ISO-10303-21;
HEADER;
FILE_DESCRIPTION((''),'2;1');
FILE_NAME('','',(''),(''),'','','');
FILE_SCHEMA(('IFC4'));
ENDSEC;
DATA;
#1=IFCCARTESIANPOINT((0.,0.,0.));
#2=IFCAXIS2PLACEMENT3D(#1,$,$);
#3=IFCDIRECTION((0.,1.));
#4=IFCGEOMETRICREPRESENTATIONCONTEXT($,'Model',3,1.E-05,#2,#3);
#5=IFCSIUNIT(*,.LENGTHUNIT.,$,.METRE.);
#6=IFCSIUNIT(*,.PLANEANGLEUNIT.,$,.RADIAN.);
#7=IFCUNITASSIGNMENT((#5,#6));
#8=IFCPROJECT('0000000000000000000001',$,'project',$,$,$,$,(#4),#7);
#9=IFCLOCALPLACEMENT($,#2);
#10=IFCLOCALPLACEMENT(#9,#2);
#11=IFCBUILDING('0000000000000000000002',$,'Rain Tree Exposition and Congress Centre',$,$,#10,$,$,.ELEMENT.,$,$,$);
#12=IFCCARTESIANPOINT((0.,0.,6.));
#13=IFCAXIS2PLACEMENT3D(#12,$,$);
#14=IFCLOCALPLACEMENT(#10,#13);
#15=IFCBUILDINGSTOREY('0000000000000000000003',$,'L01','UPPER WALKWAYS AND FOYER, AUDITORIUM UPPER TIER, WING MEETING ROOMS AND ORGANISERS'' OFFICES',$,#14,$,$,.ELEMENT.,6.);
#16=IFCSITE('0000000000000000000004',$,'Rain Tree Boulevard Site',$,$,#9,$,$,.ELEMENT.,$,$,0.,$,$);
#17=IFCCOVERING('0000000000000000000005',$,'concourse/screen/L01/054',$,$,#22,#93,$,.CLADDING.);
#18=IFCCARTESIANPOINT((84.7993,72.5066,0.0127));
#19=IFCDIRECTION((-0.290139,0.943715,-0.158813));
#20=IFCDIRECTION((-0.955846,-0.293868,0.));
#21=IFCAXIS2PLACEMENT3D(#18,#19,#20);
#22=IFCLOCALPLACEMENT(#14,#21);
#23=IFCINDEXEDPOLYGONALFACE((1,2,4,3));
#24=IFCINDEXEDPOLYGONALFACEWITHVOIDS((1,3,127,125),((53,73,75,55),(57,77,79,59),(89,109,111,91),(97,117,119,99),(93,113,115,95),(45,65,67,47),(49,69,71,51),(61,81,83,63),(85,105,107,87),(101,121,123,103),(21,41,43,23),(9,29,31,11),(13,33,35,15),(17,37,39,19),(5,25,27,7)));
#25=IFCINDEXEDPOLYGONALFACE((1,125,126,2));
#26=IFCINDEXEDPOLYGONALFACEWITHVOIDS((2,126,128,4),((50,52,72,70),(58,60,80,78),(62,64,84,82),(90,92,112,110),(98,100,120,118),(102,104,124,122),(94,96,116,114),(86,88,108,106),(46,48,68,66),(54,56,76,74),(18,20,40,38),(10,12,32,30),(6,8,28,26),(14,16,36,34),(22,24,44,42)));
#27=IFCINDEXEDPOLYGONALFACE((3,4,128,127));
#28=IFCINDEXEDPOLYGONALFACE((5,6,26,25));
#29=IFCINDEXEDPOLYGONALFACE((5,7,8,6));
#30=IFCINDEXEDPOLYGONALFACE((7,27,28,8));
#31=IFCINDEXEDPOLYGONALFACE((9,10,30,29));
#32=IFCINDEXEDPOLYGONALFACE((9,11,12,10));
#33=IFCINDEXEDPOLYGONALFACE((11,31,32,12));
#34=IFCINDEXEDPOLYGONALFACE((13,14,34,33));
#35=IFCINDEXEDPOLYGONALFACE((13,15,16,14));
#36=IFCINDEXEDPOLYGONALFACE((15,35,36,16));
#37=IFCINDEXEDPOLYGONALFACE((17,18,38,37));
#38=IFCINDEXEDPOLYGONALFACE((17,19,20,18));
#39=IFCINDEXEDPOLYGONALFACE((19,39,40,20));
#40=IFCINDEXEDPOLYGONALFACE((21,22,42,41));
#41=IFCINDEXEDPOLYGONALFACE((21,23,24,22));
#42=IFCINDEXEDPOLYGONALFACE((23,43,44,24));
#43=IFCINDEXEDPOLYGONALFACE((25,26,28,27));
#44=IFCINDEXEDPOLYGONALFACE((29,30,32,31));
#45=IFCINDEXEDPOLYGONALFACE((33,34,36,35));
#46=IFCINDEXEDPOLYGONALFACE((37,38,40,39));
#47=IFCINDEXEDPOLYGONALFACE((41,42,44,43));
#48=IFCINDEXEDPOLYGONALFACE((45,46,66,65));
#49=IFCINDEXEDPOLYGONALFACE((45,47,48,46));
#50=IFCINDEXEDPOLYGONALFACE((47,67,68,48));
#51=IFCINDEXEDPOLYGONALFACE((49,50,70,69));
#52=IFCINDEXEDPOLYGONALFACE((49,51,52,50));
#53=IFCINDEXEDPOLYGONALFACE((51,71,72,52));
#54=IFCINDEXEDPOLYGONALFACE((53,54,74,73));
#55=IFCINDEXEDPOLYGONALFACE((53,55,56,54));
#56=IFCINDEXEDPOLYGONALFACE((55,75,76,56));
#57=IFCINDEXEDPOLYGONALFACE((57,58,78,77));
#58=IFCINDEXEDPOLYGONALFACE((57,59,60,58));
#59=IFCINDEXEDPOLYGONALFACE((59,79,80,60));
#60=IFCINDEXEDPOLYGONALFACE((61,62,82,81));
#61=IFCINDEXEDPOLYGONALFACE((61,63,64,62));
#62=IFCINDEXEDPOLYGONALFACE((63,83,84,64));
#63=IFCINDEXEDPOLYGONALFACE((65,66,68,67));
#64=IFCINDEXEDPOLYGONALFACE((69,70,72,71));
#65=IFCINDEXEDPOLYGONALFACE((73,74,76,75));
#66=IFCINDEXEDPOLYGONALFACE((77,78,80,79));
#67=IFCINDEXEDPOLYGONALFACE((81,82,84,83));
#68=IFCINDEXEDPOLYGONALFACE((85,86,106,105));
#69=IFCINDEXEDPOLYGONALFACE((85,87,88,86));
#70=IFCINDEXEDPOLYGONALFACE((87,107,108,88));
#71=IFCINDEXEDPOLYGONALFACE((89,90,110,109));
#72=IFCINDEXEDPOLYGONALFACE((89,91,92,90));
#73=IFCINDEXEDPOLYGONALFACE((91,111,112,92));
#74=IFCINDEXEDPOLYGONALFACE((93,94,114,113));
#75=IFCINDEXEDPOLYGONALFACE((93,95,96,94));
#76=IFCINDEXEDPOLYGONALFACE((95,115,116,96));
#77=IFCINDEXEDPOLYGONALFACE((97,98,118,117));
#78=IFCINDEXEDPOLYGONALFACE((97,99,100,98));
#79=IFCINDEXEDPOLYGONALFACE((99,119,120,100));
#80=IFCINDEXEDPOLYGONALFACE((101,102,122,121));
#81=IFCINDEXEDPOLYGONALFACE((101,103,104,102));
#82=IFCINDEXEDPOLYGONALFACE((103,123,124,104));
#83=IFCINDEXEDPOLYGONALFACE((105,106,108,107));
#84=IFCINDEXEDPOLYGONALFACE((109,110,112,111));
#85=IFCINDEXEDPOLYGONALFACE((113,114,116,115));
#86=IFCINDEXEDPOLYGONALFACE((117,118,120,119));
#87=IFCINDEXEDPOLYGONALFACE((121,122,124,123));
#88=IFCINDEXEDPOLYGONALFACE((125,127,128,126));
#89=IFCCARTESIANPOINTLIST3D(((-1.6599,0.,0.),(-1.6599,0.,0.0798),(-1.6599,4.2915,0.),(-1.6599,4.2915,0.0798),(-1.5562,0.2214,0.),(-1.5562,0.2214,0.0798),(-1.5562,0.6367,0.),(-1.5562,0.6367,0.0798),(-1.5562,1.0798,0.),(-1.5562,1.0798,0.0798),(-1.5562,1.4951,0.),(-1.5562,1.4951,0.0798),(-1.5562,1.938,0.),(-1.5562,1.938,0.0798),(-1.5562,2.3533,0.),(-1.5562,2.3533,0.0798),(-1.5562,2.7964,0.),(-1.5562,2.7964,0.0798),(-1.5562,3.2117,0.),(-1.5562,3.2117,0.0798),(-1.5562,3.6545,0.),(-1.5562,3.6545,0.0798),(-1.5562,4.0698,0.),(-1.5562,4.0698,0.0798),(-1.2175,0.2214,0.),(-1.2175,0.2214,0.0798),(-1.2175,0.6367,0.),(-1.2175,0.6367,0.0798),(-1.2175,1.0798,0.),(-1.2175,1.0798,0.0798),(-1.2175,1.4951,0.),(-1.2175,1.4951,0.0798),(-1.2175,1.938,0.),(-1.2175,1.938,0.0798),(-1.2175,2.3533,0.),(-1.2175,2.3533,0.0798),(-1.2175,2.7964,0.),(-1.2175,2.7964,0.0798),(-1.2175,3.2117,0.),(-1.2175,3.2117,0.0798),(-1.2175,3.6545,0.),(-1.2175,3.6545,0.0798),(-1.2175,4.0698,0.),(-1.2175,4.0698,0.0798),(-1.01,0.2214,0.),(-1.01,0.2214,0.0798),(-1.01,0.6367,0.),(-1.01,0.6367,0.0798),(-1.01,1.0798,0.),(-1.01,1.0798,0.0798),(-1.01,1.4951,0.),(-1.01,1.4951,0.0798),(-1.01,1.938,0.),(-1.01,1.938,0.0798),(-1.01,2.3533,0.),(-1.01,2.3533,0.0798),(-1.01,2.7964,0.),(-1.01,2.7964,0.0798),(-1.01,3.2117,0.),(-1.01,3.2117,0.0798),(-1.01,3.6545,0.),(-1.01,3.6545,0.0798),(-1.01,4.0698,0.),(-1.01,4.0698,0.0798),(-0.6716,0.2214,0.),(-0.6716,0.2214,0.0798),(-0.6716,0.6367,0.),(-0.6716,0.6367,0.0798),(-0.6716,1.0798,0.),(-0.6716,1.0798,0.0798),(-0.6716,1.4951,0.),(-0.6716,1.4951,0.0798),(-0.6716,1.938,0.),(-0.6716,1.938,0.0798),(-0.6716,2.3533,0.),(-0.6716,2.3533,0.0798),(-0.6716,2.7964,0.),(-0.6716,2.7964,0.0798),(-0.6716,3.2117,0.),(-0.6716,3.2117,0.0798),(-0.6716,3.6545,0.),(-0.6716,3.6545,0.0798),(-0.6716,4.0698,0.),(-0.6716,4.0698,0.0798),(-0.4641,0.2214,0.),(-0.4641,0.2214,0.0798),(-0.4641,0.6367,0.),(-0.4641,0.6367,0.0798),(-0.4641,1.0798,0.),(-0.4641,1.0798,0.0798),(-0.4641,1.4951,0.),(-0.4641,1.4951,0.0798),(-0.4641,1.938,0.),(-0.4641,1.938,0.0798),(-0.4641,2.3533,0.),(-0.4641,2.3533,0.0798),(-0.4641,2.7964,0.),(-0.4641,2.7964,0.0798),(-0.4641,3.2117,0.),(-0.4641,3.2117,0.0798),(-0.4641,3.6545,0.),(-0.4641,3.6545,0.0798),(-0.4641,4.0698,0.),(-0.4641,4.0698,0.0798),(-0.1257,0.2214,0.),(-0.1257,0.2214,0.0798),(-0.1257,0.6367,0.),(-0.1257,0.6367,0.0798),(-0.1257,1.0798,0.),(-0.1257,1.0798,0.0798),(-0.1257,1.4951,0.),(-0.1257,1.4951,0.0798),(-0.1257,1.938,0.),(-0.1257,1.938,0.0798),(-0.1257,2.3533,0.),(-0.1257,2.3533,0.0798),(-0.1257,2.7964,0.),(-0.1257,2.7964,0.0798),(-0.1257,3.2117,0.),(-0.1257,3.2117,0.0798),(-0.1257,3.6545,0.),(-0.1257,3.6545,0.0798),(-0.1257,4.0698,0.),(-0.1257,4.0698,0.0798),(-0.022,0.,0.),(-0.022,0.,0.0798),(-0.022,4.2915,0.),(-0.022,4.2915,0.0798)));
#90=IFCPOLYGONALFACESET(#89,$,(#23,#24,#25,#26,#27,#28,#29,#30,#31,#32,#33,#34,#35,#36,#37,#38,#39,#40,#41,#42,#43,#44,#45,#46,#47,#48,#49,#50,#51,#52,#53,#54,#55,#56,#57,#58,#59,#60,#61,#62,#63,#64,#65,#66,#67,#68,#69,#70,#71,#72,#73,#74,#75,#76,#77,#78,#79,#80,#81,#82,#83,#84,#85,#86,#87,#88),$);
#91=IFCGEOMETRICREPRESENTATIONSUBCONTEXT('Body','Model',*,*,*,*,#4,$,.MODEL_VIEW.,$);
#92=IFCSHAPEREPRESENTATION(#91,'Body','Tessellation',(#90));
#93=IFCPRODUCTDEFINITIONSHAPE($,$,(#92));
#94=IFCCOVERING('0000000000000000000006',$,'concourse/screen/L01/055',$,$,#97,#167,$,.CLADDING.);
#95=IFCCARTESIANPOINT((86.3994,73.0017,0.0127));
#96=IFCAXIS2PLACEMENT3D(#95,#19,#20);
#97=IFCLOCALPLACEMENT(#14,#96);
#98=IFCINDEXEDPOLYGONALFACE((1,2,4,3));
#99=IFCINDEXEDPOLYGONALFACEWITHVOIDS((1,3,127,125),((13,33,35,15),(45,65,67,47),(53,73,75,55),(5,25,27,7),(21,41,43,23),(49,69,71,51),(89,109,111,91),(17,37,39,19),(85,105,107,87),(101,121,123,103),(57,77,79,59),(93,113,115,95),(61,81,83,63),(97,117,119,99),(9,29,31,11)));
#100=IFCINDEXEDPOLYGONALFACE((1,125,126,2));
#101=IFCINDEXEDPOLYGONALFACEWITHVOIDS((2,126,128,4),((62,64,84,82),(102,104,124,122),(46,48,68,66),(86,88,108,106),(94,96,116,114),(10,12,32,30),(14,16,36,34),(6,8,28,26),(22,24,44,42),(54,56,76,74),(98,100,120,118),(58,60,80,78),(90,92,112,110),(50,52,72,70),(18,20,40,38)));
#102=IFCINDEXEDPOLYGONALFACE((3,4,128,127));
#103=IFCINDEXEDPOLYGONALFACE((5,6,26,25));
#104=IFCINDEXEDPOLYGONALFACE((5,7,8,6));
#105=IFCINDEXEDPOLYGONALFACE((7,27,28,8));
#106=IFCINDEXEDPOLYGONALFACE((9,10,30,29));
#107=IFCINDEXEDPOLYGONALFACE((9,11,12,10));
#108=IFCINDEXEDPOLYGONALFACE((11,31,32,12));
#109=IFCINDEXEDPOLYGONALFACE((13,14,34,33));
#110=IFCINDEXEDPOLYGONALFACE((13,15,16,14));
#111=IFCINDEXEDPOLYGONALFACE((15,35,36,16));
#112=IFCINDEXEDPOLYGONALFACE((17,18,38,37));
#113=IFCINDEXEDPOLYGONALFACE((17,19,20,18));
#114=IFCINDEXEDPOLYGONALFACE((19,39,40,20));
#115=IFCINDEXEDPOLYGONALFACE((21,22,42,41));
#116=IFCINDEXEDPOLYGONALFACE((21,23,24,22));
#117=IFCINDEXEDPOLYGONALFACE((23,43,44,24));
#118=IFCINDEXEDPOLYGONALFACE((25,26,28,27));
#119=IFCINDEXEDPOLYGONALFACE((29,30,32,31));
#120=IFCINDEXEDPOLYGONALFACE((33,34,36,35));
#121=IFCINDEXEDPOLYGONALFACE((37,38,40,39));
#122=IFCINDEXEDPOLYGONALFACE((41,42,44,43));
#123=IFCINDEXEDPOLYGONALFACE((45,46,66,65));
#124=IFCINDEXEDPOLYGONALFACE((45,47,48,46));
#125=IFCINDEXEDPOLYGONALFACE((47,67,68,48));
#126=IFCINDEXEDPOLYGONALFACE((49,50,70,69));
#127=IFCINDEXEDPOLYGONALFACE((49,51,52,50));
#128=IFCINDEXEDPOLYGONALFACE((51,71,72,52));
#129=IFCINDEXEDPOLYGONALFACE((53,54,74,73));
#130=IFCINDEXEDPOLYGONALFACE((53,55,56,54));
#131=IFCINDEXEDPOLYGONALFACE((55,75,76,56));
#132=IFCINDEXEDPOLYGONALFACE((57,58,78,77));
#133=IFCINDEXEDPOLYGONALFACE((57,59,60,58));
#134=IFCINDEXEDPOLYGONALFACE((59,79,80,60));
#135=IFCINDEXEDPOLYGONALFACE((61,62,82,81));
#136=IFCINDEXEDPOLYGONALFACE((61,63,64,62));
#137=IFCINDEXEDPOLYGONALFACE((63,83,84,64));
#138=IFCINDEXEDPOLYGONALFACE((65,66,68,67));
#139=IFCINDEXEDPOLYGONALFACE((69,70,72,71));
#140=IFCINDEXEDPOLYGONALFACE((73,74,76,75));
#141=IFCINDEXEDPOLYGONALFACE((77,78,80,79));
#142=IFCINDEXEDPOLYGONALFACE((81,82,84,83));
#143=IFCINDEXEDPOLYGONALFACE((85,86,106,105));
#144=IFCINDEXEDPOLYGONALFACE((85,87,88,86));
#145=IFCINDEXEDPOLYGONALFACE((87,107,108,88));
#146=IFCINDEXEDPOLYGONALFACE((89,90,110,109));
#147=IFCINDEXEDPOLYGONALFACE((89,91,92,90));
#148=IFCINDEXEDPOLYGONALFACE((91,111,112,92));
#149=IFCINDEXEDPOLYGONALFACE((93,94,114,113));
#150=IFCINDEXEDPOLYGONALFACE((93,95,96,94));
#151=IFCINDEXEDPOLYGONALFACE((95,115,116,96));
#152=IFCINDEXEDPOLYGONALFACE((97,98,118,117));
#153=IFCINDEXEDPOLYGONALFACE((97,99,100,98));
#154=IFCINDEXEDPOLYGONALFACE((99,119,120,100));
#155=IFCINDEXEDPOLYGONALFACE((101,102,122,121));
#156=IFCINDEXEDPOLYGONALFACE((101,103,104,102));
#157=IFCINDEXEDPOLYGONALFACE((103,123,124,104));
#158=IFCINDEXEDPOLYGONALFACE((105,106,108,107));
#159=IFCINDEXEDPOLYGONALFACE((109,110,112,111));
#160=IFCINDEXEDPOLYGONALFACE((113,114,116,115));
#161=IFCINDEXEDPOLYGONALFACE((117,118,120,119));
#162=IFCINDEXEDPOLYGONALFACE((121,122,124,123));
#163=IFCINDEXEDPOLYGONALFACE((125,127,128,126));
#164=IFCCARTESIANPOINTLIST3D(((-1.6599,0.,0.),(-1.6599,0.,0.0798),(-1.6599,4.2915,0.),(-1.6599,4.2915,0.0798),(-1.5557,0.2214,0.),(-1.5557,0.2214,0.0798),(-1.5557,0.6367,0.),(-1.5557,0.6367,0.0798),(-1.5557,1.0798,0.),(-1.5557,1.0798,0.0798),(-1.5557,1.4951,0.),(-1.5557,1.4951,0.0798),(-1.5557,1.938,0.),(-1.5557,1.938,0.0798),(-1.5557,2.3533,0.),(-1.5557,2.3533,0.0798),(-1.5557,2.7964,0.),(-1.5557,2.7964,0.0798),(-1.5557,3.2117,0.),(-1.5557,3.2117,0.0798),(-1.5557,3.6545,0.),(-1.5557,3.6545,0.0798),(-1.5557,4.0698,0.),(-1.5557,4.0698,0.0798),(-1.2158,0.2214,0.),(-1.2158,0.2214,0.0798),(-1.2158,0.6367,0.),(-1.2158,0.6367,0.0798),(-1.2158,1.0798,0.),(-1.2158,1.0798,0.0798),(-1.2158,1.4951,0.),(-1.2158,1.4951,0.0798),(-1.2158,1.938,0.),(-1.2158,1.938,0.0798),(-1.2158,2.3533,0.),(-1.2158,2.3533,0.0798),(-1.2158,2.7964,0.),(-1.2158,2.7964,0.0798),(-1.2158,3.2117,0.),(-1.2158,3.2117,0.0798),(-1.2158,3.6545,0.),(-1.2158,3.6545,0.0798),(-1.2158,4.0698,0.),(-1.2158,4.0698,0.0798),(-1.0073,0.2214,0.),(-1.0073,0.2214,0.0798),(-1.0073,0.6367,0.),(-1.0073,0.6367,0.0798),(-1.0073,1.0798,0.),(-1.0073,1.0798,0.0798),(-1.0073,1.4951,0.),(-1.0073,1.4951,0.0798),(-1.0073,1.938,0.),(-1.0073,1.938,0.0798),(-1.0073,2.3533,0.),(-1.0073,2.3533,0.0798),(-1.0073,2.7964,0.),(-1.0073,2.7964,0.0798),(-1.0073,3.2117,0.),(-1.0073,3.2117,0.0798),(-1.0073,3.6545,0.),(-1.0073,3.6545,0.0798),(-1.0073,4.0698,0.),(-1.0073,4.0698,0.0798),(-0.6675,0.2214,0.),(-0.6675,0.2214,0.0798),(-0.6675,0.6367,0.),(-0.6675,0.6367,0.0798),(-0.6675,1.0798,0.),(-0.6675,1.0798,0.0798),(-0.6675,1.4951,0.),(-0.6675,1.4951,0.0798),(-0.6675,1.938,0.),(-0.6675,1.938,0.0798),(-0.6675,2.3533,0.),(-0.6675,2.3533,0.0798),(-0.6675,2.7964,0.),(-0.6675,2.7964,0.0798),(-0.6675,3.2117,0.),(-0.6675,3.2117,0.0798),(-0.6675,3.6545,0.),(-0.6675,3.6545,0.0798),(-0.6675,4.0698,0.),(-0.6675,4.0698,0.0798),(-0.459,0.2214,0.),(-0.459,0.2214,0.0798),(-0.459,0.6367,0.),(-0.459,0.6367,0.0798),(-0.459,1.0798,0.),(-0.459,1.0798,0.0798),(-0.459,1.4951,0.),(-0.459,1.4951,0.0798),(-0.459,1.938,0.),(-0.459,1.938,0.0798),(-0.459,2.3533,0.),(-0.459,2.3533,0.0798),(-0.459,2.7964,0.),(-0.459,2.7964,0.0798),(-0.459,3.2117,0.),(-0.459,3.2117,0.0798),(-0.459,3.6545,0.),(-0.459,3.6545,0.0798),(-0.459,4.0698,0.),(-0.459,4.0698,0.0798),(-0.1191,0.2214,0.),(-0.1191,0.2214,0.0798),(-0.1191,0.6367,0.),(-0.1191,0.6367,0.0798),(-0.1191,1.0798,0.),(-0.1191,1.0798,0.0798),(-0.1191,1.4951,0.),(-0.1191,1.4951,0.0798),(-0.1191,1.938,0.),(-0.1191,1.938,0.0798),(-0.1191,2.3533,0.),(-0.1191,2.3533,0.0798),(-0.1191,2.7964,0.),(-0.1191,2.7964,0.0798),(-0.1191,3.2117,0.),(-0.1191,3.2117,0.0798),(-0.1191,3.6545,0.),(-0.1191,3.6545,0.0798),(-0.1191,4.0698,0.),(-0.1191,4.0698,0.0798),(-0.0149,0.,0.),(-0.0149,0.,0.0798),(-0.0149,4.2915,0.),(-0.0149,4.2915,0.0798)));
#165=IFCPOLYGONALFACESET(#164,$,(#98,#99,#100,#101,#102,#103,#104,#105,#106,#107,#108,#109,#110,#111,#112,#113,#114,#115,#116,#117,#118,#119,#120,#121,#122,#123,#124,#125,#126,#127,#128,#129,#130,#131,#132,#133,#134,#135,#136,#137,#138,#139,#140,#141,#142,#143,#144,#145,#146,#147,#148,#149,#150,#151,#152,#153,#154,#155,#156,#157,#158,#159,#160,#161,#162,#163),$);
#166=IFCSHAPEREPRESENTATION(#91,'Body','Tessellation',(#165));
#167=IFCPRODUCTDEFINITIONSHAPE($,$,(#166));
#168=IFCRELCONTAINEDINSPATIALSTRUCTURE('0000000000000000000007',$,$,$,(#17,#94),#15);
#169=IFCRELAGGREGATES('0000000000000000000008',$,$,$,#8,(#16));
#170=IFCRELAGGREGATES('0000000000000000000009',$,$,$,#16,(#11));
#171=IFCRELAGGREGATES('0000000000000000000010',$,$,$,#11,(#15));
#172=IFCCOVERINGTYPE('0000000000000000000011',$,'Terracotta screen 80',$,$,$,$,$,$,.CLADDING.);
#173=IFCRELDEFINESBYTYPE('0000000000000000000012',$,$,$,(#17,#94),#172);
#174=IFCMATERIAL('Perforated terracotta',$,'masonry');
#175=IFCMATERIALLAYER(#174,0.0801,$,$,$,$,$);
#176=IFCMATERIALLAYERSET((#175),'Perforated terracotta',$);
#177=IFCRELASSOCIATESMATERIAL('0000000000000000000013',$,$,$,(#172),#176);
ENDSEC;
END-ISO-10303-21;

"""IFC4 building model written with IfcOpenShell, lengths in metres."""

from ifc_helpers import new_model, si_unit, direction, frame, origin, place, context, subcontext, project, spatial, polyline, outline, extrude, material, layer, layer_set, type_object, element, save


model = new_model("IFC4")

# Units and contexts
model_context = context("Model", 3, precision=1e-05, world=origin(), true_north=direction((0.0, 1.0)))
body_context = subcontext(model_context, "Body", "Model", "MODEL_VIEW")
ifc_project = project(units=[si_unit("LENGTHUNIT", "METRE"), si_unit("PLANEANGLEUNIT", "RADIAN")], contexts=[model_context])

# Site, building, storey
site_placement = place(None, origin())
site = spatial("IfcSite", under=ifc_project, at=site_placement, Name="Rain Tree Boulevard Site", CompositionType="ELEMENT", RefElevation=0.0)
building_placement = place(site_placement, origin())
building = spatial("IfcBuilding", under=site, at=building_placement, Name="Rain Tree Exposition and Congress Centre", CompositionType="ELEMENT")
storey_placement = place(building_placement, frame((0.0, 0.0, 6.0)))
storey = spatial("IfcBuildingStorey", under=building, at=storey_placement, Name="L01", Description="UPPER WALKWAYS AND FOYER, AUDITORIUM UPPER TIER, WING MEETING ROOMS AND ORGANISERS' OFFICES", CompositionType="ELEMENT", Elevation=6.0)

# Coverings
ifc_material_1 = material(Name="Perforated terracotta", Category="masonry")
ifc_layer = layer(ifc_material_1, 0.0801)
ifc_layer_set = layer_set([ifc_layer], Name="Perforated terracotta")
covering_type = type_object("IfcCoveringType", Name="Terracotta screen 80", PredefinedType="CLADDING", material=ifc_layer_set)
covering_1_placement = place(storey_placement, frame((84.7993, 72.5066, 0.0127), z_axis=(-0.290139, 0.943715, -0.158813), x_axis=(-0.955846, -0.293868, 0.0)))
element("IfcCovering", 1, at=covering_1_placement, inside=storey, type_object=covering_type, Name="concourse/screen/L01/054", PredefinedType="CLADDING", context=body_context, shape_type="SweptSolid", body=[
    extrude(outline(polyline([(-1.6599, 0.0), (-1.6599, 4.2915), (-0.022, 4.2915), (-0.022, 0.0), (-1.6599, 0.0)]), holes=[polyline([(-0.1257, 0.2214), (-0.1257, 0.6367), (-0.4641, 0.6367), (-0.4641, 0.2214), (-0.1257, 0.2214)]), polyline([(-0.1257, 1.0798), (-0.1257, 1.4951), (-0.4641, 1.4951), (-0.4641, 1.0798), (-0.1257, 1.0798)]), polyline([(-0.1257, 1.938), (-0.1257, 2.3533), (-0.4641, 2.3533), (-0.4641, 1.938), (-0.1257, 1.938)]), polyline([(-0.1257, 2.7964), (-0.1257, 3.2117), (-0.4641, 3.2117), (-0.4641, 2.7964), (-0.1257, 2.7964)]), polyline([(-0.1257, 3.6545), (-0.1257, 4.0698), (-0.4641, 4.0698), (-0.4641, 3.6545), (-0.1257, 3.6545)]), polyline([(-0.6716, 0.2214), (-0.6716, 0.6367), (-1.01, 0.6367), (-1.01, 0.2214), (-0.6716, 0.2214)]), polyline([(-0.6716, 1.0798), (-0.6716, 1.4951), (-1.01, 1.4951), (-1.01, 1.0798), (-0.6716, 1.0798)]), polyline([(-0.6716, 1.938), (-0.6716, 2.3533), (-1.01, 2.3533), (-1.01, 1.938), (-0.6716, 1.938)]), polyline([(-0.6716, 2.7964), (-0.6716, 3.2117), (-1.01, 3.2117), (-1.01, 2.7964), (-0.6716, 2.7964)]), polyline([(-0.6716, 3.6545), (-0.6716, 4.0698), (-1.01, 4.0698), (-1.01, 3.6545), (-0.6716, 3.6545)]), polyline([(-1.2175, 0.2214), (-1.2175, 0.6367), (-1.5562, 0.6367), (-1.5562, 0.2214), (-1.2175, 0.2214)]), polyline([(-1.2175, 1.0798), (-1.2175, 1.4951), (-1.5562, 1.4951), (-1.5562, 1.0798), (-1.2175, 1.0798)]), polyline([(-1.2175, 1.938), (-1.2175, 2.3533), (-1.5562, 2.3533), (-1.5562, 1.938), (-1.2175, 1.938)]), polyline([(-1.2175, 2.7964), (-1.2175, 3.2117), (-1.5562, 3.2117), (-1.5562, 2.7964), (-1.2175, 2.7964)]), polyline([(-1.2175, 3.6545), (-1.2175, 4.0698), (-1.5562, 4.0698), (-1.5562, 3.6545), (-1.2175, 3.6545)])]), origin(), (0.0, 0.0, 1.0), 0.0798),
])
covering_2_placement = place(storey_placement, frame((86.3994, 73.0017, 0.0127), z_axis=(-0.290139, 0.943715, -0.158813), x_axis=(-0.955846, -0.293868, 0.0)))
element("IfcCovering", 2, at=covering_2_placement, inside=storey, type_object=covering_type, Name="concourse/screen/L01/055", PredefinedType="CLADDING", context=body_context, shape_type="SweptSolid", body=[
    extrude(outline(polyline([(-1.6599, 0.0), (-1.6599, 4.2915), (-0.0149, 4.2915), (-0.0149, 0.0), (-1.6599, 0.0)]), holes=[polyline([(-0.1191, 0.2214), (-0.1191, 0.6367), (-0.459, 0.6367), (-0.459, 0.2214), (-0.1191, 0.2214)]), polyline([(-0.1191, 1.0798), (-0.1191, 1.4951), (-0.459, 1.4951), (-0.459, 1.0798), (-0.1191, 1.0798)]), polyline([(-0.1191, 1.938), (-0.1191, 2.3533), (-0.459, 2.3533), (-0.459, 1.938), (-0.1191, 1.938)]), polyline([(-0.1191, 2.7964), (-0.1191, 3.2117), (-0.459, 3.2117), (-0.459, 2.7964), (-0.1191, 2.7964)]), polyline([(-0.1191, 3.6545), (-0.1191, 4.0698), (-0.459, 4.0698), (-0.459, 3.6545), (-0.1191, 3.6545)]), polyline([(-0.6675, 0.2214), (-0.6675, 0.6367), (-1.0073, 0.6367), (-1.0073, 0.2214), (-0.6675, 0.2214)]), polyline([(-0.6675, 1.0798), (-0.6675, 1.4951), (-1.0073, 1.4951), (-1.0073, 1.0798), (-0.6675, 1.0798)]), polyline([(-0.6675, 1.938), (-0.6675, 2.3533), (-1.0073, 2.3533), (-1.0073, 1.938), (-0.6675, 1.938)]), polyline([(-0.6675, 2.7964), (-0.6675, 3.2117), (-1.0073, 3.2117), (-1.0073, 2.7964), (-0.6675, 2.7964)]), polyline([(-0.6675, 3.6545), (-0.6675, 4.0698), (-1.0073, 4.0698), (-1.0073, 3.6545), (-0.6675, 3.6545)]), polyline([(-1.2158, 0.2214), (-1.2158, 0.6367), (-1.5557, 0.6367), (-1.5557, 0.2214), (-1.2158, 0.2214)]), polyline([(-1.2158, 1.0798), (-1.2158, 1.4951), (-1.5557, 1.4951), (-1.5557, 1.0798), (-1.2158, 1.0798)]), polyline([(-1.2158, 1.938), (-1.2158, 2.3533), (-1.5557, 2.3533), (-1.5557, 1.938), (-1.2158, 1.938)]), polyline([(-1.2158, 2.7964), (-1.2158, 3.2117), (-1.5557, 3.2117), (-1.5557, 2.7964), (-1.2158, 2.7964)]), polyline([(-1.2158, 3.6545), (-1.2158, 4.0698), (-1.5557, 4.0698), (-1.5557, 3.6545), (-1.2158, 3.6545)])]), origin(), (0.0, 0.0, 1.0), 0.0798),
])

save(model, "model.ifc")
